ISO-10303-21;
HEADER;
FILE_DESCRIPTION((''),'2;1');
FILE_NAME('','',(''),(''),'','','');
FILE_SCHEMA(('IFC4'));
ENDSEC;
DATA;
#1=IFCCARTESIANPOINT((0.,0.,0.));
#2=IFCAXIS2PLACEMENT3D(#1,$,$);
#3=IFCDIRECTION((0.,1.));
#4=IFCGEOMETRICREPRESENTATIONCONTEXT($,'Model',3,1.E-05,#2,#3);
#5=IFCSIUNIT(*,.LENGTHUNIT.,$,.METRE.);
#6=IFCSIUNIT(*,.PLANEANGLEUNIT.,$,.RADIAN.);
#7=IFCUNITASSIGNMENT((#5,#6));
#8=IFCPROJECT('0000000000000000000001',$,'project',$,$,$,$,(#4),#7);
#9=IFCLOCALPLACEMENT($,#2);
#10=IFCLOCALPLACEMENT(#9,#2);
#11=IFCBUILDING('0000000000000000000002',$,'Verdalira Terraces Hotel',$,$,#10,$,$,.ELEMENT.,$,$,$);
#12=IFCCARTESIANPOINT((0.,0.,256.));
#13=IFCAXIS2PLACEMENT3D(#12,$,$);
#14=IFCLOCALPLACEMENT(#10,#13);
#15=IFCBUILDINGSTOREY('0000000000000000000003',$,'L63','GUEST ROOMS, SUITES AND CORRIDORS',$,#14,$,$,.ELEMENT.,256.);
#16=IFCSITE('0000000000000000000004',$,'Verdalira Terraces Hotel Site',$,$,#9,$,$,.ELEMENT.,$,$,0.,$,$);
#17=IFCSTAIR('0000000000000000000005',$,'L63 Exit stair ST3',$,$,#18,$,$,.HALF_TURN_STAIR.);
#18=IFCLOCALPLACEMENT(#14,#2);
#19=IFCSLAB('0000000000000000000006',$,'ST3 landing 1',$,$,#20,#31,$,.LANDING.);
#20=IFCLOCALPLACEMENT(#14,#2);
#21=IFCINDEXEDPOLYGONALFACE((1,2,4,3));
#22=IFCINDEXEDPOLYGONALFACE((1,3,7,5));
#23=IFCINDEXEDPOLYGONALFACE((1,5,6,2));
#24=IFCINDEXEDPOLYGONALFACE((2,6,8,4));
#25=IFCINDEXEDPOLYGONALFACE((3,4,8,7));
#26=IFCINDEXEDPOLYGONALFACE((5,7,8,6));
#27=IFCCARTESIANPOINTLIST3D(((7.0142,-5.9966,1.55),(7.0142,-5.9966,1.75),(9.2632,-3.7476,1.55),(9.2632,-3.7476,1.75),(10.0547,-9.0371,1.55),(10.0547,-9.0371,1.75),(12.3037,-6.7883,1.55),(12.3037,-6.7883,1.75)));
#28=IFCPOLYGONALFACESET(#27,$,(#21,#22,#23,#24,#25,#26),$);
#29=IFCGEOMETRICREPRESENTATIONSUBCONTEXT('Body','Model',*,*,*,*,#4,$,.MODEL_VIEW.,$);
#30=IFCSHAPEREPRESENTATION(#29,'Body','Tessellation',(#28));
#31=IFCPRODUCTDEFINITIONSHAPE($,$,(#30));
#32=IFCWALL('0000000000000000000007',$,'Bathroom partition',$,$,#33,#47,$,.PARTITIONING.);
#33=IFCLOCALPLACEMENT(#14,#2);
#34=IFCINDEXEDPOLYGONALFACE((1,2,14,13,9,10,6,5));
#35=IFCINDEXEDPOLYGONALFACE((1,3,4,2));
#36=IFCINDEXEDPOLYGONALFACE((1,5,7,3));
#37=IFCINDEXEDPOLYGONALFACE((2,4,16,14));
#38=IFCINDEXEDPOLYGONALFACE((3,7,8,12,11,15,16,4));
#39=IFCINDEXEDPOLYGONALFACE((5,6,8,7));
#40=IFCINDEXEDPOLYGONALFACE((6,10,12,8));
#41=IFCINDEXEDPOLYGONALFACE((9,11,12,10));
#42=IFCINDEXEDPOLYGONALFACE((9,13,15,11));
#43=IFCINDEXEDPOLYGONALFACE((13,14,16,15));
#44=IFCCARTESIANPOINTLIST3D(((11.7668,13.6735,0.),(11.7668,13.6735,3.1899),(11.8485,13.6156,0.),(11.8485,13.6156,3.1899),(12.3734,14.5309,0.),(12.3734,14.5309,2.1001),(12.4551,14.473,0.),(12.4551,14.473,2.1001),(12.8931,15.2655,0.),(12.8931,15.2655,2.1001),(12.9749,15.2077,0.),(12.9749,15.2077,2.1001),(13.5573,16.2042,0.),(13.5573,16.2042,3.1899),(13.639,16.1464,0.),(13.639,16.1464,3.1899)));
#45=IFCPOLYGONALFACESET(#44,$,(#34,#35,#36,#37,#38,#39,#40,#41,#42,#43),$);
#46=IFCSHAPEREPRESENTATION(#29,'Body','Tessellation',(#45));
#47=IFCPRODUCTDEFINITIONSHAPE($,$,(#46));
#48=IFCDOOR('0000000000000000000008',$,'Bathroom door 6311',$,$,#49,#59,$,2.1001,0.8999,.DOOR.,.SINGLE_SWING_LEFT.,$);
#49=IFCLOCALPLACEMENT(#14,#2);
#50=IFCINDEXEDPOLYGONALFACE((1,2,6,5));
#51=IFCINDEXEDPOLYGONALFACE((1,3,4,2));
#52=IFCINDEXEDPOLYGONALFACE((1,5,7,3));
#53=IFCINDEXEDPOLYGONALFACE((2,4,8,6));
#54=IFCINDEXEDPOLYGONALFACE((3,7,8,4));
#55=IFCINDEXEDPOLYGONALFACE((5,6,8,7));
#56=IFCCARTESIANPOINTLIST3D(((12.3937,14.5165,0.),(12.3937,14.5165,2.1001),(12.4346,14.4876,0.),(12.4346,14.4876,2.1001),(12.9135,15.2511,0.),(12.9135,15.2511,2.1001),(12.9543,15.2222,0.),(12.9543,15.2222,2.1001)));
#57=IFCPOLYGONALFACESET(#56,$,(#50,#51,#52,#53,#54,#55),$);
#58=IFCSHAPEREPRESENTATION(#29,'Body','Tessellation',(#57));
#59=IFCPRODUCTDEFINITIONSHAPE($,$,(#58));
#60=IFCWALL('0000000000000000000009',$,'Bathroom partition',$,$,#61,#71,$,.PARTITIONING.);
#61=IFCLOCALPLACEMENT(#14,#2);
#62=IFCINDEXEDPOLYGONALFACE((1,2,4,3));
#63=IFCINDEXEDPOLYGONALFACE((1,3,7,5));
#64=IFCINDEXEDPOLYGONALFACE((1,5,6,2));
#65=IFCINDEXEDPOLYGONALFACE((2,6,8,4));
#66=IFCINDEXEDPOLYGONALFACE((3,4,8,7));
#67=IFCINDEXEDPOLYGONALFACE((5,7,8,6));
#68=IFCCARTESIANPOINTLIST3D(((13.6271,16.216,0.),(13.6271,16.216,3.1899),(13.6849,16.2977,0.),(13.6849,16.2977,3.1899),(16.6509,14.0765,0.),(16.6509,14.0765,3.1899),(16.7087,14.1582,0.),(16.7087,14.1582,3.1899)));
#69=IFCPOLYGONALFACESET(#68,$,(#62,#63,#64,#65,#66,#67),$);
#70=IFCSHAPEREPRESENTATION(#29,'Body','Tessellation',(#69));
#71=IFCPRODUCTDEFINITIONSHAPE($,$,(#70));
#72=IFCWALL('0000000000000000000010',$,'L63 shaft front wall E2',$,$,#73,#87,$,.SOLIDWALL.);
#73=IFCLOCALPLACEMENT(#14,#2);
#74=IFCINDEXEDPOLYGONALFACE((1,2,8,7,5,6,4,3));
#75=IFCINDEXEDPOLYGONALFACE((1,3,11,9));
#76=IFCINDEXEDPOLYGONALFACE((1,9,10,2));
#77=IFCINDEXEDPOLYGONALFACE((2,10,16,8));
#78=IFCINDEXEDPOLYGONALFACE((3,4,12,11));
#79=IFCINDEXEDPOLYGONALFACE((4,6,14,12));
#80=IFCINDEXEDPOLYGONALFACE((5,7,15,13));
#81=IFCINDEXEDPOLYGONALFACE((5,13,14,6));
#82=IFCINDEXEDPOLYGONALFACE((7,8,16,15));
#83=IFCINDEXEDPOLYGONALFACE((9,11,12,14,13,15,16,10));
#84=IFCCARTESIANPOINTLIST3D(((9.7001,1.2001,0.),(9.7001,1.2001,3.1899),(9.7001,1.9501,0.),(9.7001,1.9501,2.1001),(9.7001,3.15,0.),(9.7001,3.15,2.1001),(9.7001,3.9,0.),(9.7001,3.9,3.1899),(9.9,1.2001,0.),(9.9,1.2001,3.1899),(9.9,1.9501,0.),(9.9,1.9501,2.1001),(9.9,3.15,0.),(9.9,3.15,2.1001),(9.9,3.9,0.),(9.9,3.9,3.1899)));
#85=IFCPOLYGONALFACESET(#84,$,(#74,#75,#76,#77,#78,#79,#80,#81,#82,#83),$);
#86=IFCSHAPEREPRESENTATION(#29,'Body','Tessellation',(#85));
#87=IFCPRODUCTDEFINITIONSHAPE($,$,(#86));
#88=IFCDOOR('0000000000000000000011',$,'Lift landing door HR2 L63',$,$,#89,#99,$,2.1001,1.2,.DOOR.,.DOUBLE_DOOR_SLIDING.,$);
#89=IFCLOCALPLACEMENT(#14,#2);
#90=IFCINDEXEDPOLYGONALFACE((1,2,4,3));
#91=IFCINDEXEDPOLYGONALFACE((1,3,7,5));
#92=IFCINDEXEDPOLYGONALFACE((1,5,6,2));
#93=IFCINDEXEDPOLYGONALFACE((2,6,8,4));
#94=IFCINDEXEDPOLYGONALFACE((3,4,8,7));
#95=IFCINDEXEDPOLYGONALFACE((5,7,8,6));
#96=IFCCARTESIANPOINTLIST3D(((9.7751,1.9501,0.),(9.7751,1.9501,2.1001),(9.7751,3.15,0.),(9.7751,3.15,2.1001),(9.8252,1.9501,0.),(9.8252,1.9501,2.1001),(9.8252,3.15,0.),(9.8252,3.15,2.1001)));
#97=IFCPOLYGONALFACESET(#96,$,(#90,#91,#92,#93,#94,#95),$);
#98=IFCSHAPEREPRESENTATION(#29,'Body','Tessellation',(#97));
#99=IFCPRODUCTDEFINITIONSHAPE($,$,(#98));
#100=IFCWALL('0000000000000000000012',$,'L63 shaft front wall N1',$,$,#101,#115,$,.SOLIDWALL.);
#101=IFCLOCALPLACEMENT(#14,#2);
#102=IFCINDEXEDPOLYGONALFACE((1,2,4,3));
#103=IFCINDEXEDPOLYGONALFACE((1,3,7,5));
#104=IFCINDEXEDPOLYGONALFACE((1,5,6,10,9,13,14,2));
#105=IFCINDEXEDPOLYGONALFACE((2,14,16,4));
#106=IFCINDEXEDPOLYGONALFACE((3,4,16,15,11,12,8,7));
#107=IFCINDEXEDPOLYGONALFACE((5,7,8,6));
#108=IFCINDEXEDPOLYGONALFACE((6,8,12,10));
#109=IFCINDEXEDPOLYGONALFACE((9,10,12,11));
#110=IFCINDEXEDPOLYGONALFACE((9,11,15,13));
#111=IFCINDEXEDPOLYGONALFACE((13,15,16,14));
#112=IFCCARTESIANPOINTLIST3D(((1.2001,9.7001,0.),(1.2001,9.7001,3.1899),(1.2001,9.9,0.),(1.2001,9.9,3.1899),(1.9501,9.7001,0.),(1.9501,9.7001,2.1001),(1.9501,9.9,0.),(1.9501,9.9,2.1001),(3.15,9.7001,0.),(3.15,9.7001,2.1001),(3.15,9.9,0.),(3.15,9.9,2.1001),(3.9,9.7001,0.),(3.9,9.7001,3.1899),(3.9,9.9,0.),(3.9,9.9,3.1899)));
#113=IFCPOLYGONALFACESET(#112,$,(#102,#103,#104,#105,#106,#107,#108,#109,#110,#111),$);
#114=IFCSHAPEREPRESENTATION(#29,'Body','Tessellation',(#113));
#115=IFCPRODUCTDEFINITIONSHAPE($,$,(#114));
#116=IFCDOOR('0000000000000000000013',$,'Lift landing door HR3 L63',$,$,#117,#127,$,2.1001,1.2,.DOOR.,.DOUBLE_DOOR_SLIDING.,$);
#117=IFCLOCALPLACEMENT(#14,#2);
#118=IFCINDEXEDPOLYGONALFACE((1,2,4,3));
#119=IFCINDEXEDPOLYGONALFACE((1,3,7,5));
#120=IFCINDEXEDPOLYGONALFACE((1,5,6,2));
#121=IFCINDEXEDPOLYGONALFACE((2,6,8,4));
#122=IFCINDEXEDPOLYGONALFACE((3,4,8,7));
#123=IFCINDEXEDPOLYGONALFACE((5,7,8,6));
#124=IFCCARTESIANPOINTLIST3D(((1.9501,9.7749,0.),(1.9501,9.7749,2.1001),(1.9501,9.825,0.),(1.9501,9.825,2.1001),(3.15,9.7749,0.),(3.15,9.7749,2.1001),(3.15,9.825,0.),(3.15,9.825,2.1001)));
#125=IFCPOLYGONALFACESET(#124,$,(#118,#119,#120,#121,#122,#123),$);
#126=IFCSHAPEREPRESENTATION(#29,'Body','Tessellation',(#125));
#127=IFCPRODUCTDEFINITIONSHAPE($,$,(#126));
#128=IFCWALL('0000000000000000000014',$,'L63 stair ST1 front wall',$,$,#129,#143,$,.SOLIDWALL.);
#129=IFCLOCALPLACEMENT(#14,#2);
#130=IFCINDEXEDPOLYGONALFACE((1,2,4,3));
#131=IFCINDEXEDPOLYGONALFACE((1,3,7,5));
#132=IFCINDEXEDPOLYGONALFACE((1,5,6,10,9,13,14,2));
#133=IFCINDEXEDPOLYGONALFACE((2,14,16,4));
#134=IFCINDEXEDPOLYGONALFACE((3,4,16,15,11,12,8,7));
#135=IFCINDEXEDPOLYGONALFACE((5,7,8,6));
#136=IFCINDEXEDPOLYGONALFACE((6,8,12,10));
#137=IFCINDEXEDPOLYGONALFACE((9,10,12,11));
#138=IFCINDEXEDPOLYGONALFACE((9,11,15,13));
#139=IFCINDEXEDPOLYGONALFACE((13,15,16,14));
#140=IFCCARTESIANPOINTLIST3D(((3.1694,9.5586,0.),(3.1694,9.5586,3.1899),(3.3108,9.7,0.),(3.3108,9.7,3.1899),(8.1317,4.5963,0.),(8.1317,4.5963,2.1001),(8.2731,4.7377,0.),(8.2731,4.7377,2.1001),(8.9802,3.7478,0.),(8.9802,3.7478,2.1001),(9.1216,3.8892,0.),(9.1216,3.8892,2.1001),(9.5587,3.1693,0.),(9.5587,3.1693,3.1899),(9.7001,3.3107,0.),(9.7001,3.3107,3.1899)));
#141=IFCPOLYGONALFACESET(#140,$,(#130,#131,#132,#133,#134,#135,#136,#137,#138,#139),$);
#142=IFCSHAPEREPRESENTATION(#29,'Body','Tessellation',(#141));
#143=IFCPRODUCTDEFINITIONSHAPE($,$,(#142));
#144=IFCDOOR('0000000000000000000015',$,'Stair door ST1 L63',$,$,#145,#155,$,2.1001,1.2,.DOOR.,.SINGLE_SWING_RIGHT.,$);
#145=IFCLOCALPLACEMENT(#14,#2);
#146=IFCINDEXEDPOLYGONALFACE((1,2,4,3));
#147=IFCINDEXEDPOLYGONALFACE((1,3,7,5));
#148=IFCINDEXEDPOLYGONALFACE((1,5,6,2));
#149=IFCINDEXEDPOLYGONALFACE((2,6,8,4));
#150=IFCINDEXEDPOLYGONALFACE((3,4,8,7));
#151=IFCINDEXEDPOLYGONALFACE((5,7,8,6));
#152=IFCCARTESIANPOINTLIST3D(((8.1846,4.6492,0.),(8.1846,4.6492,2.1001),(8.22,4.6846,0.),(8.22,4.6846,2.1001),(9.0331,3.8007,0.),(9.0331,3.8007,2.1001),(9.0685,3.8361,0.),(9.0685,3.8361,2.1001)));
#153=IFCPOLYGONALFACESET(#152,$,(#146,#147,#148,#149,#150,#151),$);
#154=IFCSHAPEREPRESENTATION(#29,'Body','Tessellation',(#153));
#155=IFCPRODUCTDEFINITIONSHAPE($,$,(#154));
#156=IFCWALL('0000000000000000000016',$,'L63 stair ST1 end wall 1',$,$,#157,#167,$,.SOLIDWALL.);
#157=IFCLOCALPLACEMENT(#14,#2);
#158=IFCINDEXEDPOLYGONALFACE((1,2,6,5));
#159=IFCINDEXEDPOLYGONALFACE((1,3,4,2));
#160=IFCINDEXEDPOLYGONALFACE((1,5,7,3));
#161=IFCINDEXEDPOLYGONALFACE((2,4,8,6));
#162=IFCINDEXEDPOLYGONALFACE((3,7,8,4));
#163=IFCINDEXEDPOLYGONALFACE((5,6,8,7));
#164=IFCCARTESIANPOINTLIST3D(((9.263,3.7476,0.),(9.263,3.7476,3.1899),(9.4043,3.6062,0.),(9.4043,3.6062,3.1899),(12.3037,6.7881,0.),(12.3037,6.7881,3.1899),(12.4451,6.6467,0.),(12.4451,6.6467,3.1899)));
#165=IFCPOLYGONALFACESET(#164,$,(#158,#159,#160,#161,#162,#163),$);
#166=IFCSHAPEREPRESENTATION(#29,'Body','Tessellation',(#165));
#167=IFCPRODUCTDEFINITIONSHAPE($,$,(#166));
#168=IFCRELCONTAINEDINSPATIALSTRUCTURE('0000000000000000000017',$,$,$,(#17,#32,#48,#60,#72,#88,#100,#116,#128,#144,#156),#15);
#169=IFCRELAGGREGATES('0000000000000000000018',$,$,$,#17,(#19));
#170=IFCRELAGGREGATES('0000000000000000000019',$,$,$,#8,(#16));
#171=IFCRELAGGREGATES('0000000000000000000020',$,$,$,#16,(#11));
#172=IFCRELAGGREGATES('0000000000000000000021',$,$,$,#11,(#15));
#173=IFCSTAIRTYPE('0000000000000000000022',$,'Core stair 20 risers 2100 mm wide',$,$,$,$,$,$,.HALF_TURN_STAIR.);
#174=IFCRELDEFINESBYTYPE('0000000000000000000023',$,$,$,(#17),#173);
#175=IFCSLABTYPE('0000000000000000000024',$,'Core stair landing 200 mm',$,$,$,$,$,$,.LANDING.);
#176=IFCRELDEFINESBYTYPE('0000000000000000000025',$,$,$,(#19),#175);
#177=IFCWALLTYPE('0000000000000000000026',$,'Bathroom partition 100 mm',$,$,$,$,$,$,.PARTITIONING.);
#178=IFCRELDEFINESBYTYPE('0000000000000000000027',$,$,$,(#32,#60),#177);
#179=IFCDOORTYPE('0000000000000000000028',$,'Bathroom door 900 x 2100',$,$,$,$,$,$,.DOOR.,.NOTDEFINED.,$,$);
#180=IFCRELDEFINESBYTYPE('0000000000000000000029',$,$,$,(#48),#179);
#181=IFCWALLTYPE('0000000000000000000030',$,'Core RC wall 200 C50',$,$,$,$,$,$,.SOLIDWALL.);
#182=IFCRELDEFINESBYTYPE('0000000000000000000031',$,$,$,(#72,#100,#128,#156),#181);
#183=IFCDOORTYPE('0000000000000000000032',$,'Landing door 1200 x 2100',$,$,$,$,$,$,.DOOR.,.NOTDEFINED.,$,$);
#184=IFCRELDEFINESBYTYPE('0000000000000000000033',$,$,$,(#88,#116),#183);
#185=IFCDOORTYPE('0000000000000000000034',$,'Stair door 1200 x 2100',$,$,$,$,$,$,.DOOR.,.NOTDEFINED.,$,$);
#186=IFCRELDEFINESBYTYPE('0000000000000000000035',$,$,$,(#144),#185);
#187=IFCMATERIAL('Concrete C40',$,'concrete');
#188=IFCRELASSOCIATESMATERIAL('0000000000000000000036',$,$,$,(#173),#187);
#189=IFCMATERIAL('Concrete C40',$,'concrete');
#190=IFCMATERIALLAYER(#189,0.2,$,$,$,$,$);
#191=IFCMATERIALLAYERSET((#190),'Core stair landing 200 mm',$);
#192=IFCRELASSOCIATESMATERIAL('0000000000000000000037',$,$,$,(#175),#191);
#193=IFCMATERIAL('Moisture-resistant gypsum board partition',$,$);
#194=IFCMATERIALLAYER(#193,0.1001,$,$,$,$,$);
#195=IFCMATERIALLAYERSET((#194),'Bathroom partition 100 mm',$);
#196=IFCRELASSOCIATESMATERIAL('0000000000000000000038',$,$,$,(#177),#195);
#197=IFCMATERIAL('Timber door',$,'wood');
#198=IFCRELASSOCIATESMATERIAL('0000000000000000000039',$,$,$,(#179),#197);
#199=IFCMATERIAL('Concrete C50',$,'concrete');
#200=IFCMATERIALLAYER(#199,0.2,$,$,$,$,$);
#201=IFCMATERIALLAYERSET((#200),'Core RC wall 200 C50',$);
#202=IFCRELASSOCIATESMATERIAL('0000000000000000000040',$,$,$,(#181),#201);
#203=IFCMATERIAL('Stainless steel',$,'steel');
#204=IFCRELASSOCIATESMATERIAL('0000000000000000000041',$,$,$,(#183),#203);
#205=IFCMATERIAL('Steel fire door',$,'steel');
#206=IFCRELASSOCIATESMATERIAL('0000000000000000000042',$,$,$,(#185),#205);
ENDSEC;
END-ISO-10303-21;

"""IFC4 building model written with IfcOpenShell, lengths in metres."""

from ifc_helpers import new_model, si_unit, direction, frame, frame_2d, origin, place, context, subcontext, project, spatial, polyline, rectangle, outline, extrude, material, layer, layer_set, type_object, element, fill, aggregate, save


model = new_model("IFC4")

# Units and contexts
model_context = context("Model", 3, precision=1e-05, world=origin(), true_north=direction((0.0, 1.0)))
body_context = subcontext(model_context, "Body", "Model", "MODEL_VIEW")
ifc_project = project(units=[si_unit("LENGTHUNIT", "METRE"), si_unit("PLANEANGLEUNIT", "RADIAN")], contexts=[model_context])

# Site, building, storey
site_placement = place(None, origin())
site = spatial("IfcSite", under=ifc_project, at=site_placement, Name="Verdalira Terraces Hotel Site", CompositionType="ELEMENT", RefElevation=0.0)
building_placement = place(site_placement, origin())
building = spatial("IfcBuilding", under=site, at=building_placement, Name="Verdalira Terraces Hotel", CompositionType="ELEMENT")
storey_placement = place(building_placement, frame((0.0, 0.0, 256.0)))
storey = spatial("IfcBuildingStorey", under=building, at=storey_placement, Name="L63", Description="GUEST ROOMS, SUITES AND CORRIDORS", CompositionType="ELEMENT", Elevation=256.0)

# Stair, slab
ifc_material_1 = material(Name="Concrete C40", Category="concrete")
stair_type = type_object("IfcStairType", Name="Core stair 20 risers 2100 mm wide", PredefinedType="HALF_TURN_STAIR", material=ifc_material_1)
stair_placement = place(storey_placement, origin())
stair = element("IfcStair", 1, at=stair_placement, inside=storey, type_object=stair_type, Name="L63 Exit stair ST3", PredefinedType="HALF_TURN_STAIR")
ifc_material_2 = material(Name="Concrete C40", Category="concrete")
ifc_layer_1 = layer(ifc_material_2, 0.2)
ifc_layer_set_1 = layer_set([ifc_layer_1], Name="Core stair landing 200 mm")
slab_type = type_object("IfcSlabType", Name="Core stair landing 200 mm", PredefinedType="LANDING", material=ifc_layer_set_1)
slab_placement = place(storey_placement, frame((0.0, 0.0, 1.55)))
slab = element("IfcSlab", 2, at=slab_placement, type_object=slab_type, Name="ST3 landing 1", PredefinedType="LANDING", context=body_context, shape_type="SweptSolid", body=[
    extrude(outline(polyline([(10.0547, -9.0371), (12.3037, -6.7883), (9.2632, -3.7476), (7.0142, -5.9966), (10.0547, -9.0371)])), origin(), (0.0, 0.0, 1.0), 0.2),
])
aggregate(stair, [slab])

# Wall, opening, door
ifc_material_3 = material(Name="Moisture-resistant gypsum board partition")
ifc_layer_2 = layer(ifc_material_3, 0.1001)
ifc_layer_set_2 = layer_set([ifc_layer_2], Name="Bathroom partition 100 mm")
wall_type_1 = type_object("IfcWallType", Name="Bathroom partition 100 mm", PredefinedType="PARTITIONING", material=ifc_layer_set_2)
wall_1_placement = place(storey_placement, frame((13.5981, 16.1753, 0.0), z_axis=(0.0, 0.0, 1.0), x_axis=(-0.577567, -0.816343, 0.0)))
wall_1 = element("IfcWall", 3, at=wall_1_placement, inside=storey, type_object=wall_type_1, Name="Bathroom partition", PredefinedType="PARTITIONING", context=body_context, shape_type="SweptSolid", body=[
    extrude(rectangle(XDim=3.1001, YDim=0.1001, at=frame_2d((1.55, 0.0))), origin(), (0.0, 0.0, 1.0), 3.1899),
])
opening_1_placement = place(wall_1_placement, frame((1.1499, 0.0, 0.0)))
opening_1 = element("IfcOpeningElement", 4, at=opening_1_placement, cuts=wall_1, PredefinedType="OPENING", context=body_context, shape_type="SweptSolid", body=[
    extrude(rectangle(XDim=0.8999, YDim=2.1001, at=frame_2d((0.45, 1.05))), frame((0.0, 0.0601, 0.0), z_axis=(0.0, -1.0, 0.0), x_axis=(1.0, 0.0, 0.0)), (0.0, 0.0, 1.0), 0.1201),
])
ifc_material_4 = material(Name="Timber door", Category="wood")
door_type_1 = type_object("IfcDoorType", Name="Bathroom door 900 x 2100", OperationType="NOTDEFINED", PredefinedType="DOOR", material=ifc_material_4)
door_1_placement = place(opening_1_placement, origin())
door_1 = element("IfcDoor", 5, at=door_1_placement, inside=storey, type_object=door_type_1, Name="Bathroom door 6311", OperationType="SINGLE_SWING_LEFT", OverallHeight=2.1001, OverallWidth=0.8999, PredefinedType="DOOR", context=body_context, shape_type="SweptSolid", body=[
    extrude(rectangle(XDim=0.8999, YDim=2.1001, at=frame_2d((0.45, 1.05))), frame((0.0, 0.0249, 0.0), z_axis=(0.0, -1.0, 0.0), x_axis=(1.0, 0.0, 0.0)), (0.0, 0.0, 1.0), 0.05),
])
fill(opening_1, door_1)

# Wall
wall_2_placement = place(storey_placement, frame((13.656, 16.2568, 0.0), z_axis=(0.0, 0.0, 1.0), x_axis=(0.816326, -0.577591, 0.0)))
element("IfcWall", 6, at=wall_2_placement, inside=storey, type_object=wall_type_1, Name="Bathroom partition", PredefinedType="PARTITIONING", context=body_context, shape_type="SweptSolid", body=[
    extrude(rectangle(XDim=3.7041, YDim=0.1001, at=frame_2d((1.8521, 0.0))), origin(), (0.0, 0.0, 1.0), 3.1899),
])

# Walls, openings, doors
ifc_material_5 = material(Name="Concrete C50", Category="concrete")
ifc_layer_3 = layer(ifc_material_5, 0.2)
ifc_layer_set_3 = layer_set([ifc_layer_3], Name="Core RC wall 200 C50")
wall_type_2 = type_object("IfcWallType", Name="Core RC wall 200 C50", PredefinedType="SOLIDWALL", material=ifc_layer_set_3)
wall_3_placement = place(storey_placement, frame((9.8, 1.2, 0.0), z_axis=(0.0, 0.0, 1.0), x_axis=(0.0, 1.0, 0.0)))
wall_3 = element("IfcWall", 7, at=wall_3_placement, inside=storey, type_object=wall_type_2, Name="L63 shaft front wall E2", PredefinedType="SOLIDWALL", context=body_context, shape_type="SweptSolid", body=[
    extrude(rectangle(XDim=2.7, YDim=0.2, at=frame_2d((1.3501, 0.0))), origin(), (0.0, 0.0, 1.0), 3.1899),
])
opening_2_placement = place(wall_3_placement, frame((0.75, 0.0, 0.0)))
opening_2 = element("IfcOpeningElement", 8, at=opening_2_placement, cuts=wall_3, PredefinedType="OPENING", context=body_context, shape_type="SweptSolid", body=[
    extrude(rectangle(XDim=1.2, YDim=2.1001, at=frame_2d((0.6001, 1.05))), frame((0.0, 0.1099, 0.0), z_axis=(0.0, -1.0, 0.0), x_axis=(1.0, 0.0, 0.0)), (0.0, 0.0, 1.0), 0.22),
])
ifc_material_6 = material(Name="Stainless steel", Category="steel")
door_type_2 = type_object("IfcDoorType", Name="Landing door 1200 x 2100", OperationType="NOTDEFINED", PredefinedType="DOOR", material=ifc_material_6)
door_2_placement = place(opening_2_placement, origin())
door_2 = element("IfcDoor", 9, at=door_2_placement, inside=storey, type_object=door_type_2, Name="Lift landing door HR2 L63", OperationType="DOUBLE_DOOR_SLIDING", OverallHeight=2.1001, OverallWidth=1.2, PredefinedType="DOOR", context=body_context, shape_type="SweptSolid", body=[
    extrude(rectangle(XDim=1.2, YDim=2.1001, at=frame_2d((0.6001, 1.05))), frame((0.0, 0.0249, 0.0), z_axis=(0.0, -1.0, 0.0), x_axis=(1.0, 0.0, 0.0)), (0.0, 0.0, 1.0), 0.05),
])
fill(opening_2, door_2)
wall_4_placement = place(storey_placement, frame((1.2, 9.8, 0.0), z_axis=(0.0, 0.0, 1.0), x_axis=(1.0, 0.0, 0.0)))
wall_4 = element("IfcWall", 10, at=wall_4_placement, inside=storey, type_object=wall_type_2, Name="L63 shaft front wall N1", PredefinedType="SOLIDWALL", context=body_context, shape_type="SweptSolid", body=[
    extrude(rectangle(XDim=2.7, YDim=0.2, at=frame_2d((1.3501, 0.0))), origin(), (0.0, 0.0, 1.0), 3.1899),
])
opening_3_placement = place(wall_4_placement, frame((0.75, 0.0, 0.0)))
opening_3 = element("IfcOpeningElement", 11, at=opening_3_placement, cuts=wall_4, PredefinedType="OPENING", context=body_context, shape_type="SweptSolid", body=[
    extrude(rectangle(XDim=1.2, YDim=2.1001, at=frame_2d((0.6001, 1.05))), frame((0.0, 0.1099, 0.0), z_axis=(0.0, -1.0, 0.0), x_axis=(1.0, 0.0, 0.0)), (0.0, 0.0, 1.0), 0.22),
])
door_3_placement = place(opening_3_placement, origin())
door_3 = element("IfcDoor", 12, at=door_3_placement, inside=storey, type_object=door_type_2, Name="Lift landing door HR3 L63", OperationType="DOUBLE_DOOR_SLIDING", OverallHeight=2.1001, OverallWidth=1.2, PredefinedType="DOOR", context=body_context, shape_type="SweptSolid", body=[
    extrude(rectangle(XDim=1.2, YDim=2.1001, at=frame_2d((0.6001, 1.05))), frame((0.0, 0.0249, 0.0), z_axis=(0.0, -1.0, 0.0), x_axis=(1.0, 0.0, 0.0)), (0.0, 0.0, 1.0), 0.05),
])
fill(opening_3, door_3)
wall_5_placement = place(storey_placement, frame((3.24, 9.6294, 0.0), z_axis=(0.0, 0.0, 1.0), x_axis=(0.707107, -0.707107, 0.0)))
wall_5 = element("IfcWall", 13, at=wall_5_placement, inside=storey, type_object=wall_type_2, Name="L63 stair ST1 front wall", PredefinedType="SOLIDWALL", context=body_context, shape_type="SweptSolid", body=[
    extrude(rectangle(XDim=9.0359, YDim=0.2, at=frame_2d((4.5181, 0.0))), origin(), (0.0, 0.0, 1.0), 3.1899),
])
opening_4_placement = place(wall_5_placement, frame((7.0178, 0.0, 0.0)))
opening_4 = element("IfcOpeningElement", 14, at=opening_4_placement, cuts=wall_5, PredefinedType="OPENING", context=body_context, shape_type="SweptSolid", body=[
    extrude(rectangle(XDim=1.2, YDim=2.1001, at=frame_2d((0.6001, 1.05))), frame((0.0, 0.1099, 0.0), z_axis=(0.0, -1.0, 0.0), x_axis=(1.0, 0.0, 0.0)), (0.0, 0.0, 1.0), 0.22),
])
ifc_material_7 = material(Name="Steel fire door", Category="steel")
door_type_3 = type_object("IfcDoorType", Name="Stair door 1200 x 2100", OperationType="NOTDEFINED", PredefinedType="DOOR", material=ifc_material_7)
door_4_placement = place(opening_4_placement, origin())
door_4 = element("IfcDoor", 15, at=door_4_placement, inside=storey, type_object=door_type_3, Name="Stair door ST1 L63", OperationType="SINGLE_SWING_RIGHT", OverallHeight=2.1001, OverallWidth=1.2, PredefinedType="DOOR", context=body_context, shape_type="SweptSolid", body=[
    extrude(rectangle(XDim=1.2, YDim=2.1001, at=frame_2d((0.6001, 1.05))), frame((0.0, 0.0249, 0.0), z_axis=(0.0, -1.0, 0.0), x_axis=(1.0, 0.0, 0.0)), (0.0, 0.0, 1.0), 0.05),
])
fill(opening_4, door_4)

# Wall
for number, where, z_axis, x_axis, name in (
    (16, (9.3337, 3.677, 0.0), (0.0, 0.0, 1.0), (0.707135, 0.707078, 0.0), "L63 stair ST1 end wall 1"),
):
    element("IfcWall", number, at=place(storey_placement, frame(where, z_axis=z_axis, x_axis=x_axis)), inside=storey, type_object=wall_type_2, Name=name, PredefinedType="SOLIDWALL", context=body_context, shape_type="SweptSolid", body=[
        extrude(rectangle(XDim=4.3, YDim=0.2, at=frame_2d((2.1499, 0.0))), origin(), (0.0, 0.0, 1.0), 3.1899),
    ])

save(model, "model.ifc")
